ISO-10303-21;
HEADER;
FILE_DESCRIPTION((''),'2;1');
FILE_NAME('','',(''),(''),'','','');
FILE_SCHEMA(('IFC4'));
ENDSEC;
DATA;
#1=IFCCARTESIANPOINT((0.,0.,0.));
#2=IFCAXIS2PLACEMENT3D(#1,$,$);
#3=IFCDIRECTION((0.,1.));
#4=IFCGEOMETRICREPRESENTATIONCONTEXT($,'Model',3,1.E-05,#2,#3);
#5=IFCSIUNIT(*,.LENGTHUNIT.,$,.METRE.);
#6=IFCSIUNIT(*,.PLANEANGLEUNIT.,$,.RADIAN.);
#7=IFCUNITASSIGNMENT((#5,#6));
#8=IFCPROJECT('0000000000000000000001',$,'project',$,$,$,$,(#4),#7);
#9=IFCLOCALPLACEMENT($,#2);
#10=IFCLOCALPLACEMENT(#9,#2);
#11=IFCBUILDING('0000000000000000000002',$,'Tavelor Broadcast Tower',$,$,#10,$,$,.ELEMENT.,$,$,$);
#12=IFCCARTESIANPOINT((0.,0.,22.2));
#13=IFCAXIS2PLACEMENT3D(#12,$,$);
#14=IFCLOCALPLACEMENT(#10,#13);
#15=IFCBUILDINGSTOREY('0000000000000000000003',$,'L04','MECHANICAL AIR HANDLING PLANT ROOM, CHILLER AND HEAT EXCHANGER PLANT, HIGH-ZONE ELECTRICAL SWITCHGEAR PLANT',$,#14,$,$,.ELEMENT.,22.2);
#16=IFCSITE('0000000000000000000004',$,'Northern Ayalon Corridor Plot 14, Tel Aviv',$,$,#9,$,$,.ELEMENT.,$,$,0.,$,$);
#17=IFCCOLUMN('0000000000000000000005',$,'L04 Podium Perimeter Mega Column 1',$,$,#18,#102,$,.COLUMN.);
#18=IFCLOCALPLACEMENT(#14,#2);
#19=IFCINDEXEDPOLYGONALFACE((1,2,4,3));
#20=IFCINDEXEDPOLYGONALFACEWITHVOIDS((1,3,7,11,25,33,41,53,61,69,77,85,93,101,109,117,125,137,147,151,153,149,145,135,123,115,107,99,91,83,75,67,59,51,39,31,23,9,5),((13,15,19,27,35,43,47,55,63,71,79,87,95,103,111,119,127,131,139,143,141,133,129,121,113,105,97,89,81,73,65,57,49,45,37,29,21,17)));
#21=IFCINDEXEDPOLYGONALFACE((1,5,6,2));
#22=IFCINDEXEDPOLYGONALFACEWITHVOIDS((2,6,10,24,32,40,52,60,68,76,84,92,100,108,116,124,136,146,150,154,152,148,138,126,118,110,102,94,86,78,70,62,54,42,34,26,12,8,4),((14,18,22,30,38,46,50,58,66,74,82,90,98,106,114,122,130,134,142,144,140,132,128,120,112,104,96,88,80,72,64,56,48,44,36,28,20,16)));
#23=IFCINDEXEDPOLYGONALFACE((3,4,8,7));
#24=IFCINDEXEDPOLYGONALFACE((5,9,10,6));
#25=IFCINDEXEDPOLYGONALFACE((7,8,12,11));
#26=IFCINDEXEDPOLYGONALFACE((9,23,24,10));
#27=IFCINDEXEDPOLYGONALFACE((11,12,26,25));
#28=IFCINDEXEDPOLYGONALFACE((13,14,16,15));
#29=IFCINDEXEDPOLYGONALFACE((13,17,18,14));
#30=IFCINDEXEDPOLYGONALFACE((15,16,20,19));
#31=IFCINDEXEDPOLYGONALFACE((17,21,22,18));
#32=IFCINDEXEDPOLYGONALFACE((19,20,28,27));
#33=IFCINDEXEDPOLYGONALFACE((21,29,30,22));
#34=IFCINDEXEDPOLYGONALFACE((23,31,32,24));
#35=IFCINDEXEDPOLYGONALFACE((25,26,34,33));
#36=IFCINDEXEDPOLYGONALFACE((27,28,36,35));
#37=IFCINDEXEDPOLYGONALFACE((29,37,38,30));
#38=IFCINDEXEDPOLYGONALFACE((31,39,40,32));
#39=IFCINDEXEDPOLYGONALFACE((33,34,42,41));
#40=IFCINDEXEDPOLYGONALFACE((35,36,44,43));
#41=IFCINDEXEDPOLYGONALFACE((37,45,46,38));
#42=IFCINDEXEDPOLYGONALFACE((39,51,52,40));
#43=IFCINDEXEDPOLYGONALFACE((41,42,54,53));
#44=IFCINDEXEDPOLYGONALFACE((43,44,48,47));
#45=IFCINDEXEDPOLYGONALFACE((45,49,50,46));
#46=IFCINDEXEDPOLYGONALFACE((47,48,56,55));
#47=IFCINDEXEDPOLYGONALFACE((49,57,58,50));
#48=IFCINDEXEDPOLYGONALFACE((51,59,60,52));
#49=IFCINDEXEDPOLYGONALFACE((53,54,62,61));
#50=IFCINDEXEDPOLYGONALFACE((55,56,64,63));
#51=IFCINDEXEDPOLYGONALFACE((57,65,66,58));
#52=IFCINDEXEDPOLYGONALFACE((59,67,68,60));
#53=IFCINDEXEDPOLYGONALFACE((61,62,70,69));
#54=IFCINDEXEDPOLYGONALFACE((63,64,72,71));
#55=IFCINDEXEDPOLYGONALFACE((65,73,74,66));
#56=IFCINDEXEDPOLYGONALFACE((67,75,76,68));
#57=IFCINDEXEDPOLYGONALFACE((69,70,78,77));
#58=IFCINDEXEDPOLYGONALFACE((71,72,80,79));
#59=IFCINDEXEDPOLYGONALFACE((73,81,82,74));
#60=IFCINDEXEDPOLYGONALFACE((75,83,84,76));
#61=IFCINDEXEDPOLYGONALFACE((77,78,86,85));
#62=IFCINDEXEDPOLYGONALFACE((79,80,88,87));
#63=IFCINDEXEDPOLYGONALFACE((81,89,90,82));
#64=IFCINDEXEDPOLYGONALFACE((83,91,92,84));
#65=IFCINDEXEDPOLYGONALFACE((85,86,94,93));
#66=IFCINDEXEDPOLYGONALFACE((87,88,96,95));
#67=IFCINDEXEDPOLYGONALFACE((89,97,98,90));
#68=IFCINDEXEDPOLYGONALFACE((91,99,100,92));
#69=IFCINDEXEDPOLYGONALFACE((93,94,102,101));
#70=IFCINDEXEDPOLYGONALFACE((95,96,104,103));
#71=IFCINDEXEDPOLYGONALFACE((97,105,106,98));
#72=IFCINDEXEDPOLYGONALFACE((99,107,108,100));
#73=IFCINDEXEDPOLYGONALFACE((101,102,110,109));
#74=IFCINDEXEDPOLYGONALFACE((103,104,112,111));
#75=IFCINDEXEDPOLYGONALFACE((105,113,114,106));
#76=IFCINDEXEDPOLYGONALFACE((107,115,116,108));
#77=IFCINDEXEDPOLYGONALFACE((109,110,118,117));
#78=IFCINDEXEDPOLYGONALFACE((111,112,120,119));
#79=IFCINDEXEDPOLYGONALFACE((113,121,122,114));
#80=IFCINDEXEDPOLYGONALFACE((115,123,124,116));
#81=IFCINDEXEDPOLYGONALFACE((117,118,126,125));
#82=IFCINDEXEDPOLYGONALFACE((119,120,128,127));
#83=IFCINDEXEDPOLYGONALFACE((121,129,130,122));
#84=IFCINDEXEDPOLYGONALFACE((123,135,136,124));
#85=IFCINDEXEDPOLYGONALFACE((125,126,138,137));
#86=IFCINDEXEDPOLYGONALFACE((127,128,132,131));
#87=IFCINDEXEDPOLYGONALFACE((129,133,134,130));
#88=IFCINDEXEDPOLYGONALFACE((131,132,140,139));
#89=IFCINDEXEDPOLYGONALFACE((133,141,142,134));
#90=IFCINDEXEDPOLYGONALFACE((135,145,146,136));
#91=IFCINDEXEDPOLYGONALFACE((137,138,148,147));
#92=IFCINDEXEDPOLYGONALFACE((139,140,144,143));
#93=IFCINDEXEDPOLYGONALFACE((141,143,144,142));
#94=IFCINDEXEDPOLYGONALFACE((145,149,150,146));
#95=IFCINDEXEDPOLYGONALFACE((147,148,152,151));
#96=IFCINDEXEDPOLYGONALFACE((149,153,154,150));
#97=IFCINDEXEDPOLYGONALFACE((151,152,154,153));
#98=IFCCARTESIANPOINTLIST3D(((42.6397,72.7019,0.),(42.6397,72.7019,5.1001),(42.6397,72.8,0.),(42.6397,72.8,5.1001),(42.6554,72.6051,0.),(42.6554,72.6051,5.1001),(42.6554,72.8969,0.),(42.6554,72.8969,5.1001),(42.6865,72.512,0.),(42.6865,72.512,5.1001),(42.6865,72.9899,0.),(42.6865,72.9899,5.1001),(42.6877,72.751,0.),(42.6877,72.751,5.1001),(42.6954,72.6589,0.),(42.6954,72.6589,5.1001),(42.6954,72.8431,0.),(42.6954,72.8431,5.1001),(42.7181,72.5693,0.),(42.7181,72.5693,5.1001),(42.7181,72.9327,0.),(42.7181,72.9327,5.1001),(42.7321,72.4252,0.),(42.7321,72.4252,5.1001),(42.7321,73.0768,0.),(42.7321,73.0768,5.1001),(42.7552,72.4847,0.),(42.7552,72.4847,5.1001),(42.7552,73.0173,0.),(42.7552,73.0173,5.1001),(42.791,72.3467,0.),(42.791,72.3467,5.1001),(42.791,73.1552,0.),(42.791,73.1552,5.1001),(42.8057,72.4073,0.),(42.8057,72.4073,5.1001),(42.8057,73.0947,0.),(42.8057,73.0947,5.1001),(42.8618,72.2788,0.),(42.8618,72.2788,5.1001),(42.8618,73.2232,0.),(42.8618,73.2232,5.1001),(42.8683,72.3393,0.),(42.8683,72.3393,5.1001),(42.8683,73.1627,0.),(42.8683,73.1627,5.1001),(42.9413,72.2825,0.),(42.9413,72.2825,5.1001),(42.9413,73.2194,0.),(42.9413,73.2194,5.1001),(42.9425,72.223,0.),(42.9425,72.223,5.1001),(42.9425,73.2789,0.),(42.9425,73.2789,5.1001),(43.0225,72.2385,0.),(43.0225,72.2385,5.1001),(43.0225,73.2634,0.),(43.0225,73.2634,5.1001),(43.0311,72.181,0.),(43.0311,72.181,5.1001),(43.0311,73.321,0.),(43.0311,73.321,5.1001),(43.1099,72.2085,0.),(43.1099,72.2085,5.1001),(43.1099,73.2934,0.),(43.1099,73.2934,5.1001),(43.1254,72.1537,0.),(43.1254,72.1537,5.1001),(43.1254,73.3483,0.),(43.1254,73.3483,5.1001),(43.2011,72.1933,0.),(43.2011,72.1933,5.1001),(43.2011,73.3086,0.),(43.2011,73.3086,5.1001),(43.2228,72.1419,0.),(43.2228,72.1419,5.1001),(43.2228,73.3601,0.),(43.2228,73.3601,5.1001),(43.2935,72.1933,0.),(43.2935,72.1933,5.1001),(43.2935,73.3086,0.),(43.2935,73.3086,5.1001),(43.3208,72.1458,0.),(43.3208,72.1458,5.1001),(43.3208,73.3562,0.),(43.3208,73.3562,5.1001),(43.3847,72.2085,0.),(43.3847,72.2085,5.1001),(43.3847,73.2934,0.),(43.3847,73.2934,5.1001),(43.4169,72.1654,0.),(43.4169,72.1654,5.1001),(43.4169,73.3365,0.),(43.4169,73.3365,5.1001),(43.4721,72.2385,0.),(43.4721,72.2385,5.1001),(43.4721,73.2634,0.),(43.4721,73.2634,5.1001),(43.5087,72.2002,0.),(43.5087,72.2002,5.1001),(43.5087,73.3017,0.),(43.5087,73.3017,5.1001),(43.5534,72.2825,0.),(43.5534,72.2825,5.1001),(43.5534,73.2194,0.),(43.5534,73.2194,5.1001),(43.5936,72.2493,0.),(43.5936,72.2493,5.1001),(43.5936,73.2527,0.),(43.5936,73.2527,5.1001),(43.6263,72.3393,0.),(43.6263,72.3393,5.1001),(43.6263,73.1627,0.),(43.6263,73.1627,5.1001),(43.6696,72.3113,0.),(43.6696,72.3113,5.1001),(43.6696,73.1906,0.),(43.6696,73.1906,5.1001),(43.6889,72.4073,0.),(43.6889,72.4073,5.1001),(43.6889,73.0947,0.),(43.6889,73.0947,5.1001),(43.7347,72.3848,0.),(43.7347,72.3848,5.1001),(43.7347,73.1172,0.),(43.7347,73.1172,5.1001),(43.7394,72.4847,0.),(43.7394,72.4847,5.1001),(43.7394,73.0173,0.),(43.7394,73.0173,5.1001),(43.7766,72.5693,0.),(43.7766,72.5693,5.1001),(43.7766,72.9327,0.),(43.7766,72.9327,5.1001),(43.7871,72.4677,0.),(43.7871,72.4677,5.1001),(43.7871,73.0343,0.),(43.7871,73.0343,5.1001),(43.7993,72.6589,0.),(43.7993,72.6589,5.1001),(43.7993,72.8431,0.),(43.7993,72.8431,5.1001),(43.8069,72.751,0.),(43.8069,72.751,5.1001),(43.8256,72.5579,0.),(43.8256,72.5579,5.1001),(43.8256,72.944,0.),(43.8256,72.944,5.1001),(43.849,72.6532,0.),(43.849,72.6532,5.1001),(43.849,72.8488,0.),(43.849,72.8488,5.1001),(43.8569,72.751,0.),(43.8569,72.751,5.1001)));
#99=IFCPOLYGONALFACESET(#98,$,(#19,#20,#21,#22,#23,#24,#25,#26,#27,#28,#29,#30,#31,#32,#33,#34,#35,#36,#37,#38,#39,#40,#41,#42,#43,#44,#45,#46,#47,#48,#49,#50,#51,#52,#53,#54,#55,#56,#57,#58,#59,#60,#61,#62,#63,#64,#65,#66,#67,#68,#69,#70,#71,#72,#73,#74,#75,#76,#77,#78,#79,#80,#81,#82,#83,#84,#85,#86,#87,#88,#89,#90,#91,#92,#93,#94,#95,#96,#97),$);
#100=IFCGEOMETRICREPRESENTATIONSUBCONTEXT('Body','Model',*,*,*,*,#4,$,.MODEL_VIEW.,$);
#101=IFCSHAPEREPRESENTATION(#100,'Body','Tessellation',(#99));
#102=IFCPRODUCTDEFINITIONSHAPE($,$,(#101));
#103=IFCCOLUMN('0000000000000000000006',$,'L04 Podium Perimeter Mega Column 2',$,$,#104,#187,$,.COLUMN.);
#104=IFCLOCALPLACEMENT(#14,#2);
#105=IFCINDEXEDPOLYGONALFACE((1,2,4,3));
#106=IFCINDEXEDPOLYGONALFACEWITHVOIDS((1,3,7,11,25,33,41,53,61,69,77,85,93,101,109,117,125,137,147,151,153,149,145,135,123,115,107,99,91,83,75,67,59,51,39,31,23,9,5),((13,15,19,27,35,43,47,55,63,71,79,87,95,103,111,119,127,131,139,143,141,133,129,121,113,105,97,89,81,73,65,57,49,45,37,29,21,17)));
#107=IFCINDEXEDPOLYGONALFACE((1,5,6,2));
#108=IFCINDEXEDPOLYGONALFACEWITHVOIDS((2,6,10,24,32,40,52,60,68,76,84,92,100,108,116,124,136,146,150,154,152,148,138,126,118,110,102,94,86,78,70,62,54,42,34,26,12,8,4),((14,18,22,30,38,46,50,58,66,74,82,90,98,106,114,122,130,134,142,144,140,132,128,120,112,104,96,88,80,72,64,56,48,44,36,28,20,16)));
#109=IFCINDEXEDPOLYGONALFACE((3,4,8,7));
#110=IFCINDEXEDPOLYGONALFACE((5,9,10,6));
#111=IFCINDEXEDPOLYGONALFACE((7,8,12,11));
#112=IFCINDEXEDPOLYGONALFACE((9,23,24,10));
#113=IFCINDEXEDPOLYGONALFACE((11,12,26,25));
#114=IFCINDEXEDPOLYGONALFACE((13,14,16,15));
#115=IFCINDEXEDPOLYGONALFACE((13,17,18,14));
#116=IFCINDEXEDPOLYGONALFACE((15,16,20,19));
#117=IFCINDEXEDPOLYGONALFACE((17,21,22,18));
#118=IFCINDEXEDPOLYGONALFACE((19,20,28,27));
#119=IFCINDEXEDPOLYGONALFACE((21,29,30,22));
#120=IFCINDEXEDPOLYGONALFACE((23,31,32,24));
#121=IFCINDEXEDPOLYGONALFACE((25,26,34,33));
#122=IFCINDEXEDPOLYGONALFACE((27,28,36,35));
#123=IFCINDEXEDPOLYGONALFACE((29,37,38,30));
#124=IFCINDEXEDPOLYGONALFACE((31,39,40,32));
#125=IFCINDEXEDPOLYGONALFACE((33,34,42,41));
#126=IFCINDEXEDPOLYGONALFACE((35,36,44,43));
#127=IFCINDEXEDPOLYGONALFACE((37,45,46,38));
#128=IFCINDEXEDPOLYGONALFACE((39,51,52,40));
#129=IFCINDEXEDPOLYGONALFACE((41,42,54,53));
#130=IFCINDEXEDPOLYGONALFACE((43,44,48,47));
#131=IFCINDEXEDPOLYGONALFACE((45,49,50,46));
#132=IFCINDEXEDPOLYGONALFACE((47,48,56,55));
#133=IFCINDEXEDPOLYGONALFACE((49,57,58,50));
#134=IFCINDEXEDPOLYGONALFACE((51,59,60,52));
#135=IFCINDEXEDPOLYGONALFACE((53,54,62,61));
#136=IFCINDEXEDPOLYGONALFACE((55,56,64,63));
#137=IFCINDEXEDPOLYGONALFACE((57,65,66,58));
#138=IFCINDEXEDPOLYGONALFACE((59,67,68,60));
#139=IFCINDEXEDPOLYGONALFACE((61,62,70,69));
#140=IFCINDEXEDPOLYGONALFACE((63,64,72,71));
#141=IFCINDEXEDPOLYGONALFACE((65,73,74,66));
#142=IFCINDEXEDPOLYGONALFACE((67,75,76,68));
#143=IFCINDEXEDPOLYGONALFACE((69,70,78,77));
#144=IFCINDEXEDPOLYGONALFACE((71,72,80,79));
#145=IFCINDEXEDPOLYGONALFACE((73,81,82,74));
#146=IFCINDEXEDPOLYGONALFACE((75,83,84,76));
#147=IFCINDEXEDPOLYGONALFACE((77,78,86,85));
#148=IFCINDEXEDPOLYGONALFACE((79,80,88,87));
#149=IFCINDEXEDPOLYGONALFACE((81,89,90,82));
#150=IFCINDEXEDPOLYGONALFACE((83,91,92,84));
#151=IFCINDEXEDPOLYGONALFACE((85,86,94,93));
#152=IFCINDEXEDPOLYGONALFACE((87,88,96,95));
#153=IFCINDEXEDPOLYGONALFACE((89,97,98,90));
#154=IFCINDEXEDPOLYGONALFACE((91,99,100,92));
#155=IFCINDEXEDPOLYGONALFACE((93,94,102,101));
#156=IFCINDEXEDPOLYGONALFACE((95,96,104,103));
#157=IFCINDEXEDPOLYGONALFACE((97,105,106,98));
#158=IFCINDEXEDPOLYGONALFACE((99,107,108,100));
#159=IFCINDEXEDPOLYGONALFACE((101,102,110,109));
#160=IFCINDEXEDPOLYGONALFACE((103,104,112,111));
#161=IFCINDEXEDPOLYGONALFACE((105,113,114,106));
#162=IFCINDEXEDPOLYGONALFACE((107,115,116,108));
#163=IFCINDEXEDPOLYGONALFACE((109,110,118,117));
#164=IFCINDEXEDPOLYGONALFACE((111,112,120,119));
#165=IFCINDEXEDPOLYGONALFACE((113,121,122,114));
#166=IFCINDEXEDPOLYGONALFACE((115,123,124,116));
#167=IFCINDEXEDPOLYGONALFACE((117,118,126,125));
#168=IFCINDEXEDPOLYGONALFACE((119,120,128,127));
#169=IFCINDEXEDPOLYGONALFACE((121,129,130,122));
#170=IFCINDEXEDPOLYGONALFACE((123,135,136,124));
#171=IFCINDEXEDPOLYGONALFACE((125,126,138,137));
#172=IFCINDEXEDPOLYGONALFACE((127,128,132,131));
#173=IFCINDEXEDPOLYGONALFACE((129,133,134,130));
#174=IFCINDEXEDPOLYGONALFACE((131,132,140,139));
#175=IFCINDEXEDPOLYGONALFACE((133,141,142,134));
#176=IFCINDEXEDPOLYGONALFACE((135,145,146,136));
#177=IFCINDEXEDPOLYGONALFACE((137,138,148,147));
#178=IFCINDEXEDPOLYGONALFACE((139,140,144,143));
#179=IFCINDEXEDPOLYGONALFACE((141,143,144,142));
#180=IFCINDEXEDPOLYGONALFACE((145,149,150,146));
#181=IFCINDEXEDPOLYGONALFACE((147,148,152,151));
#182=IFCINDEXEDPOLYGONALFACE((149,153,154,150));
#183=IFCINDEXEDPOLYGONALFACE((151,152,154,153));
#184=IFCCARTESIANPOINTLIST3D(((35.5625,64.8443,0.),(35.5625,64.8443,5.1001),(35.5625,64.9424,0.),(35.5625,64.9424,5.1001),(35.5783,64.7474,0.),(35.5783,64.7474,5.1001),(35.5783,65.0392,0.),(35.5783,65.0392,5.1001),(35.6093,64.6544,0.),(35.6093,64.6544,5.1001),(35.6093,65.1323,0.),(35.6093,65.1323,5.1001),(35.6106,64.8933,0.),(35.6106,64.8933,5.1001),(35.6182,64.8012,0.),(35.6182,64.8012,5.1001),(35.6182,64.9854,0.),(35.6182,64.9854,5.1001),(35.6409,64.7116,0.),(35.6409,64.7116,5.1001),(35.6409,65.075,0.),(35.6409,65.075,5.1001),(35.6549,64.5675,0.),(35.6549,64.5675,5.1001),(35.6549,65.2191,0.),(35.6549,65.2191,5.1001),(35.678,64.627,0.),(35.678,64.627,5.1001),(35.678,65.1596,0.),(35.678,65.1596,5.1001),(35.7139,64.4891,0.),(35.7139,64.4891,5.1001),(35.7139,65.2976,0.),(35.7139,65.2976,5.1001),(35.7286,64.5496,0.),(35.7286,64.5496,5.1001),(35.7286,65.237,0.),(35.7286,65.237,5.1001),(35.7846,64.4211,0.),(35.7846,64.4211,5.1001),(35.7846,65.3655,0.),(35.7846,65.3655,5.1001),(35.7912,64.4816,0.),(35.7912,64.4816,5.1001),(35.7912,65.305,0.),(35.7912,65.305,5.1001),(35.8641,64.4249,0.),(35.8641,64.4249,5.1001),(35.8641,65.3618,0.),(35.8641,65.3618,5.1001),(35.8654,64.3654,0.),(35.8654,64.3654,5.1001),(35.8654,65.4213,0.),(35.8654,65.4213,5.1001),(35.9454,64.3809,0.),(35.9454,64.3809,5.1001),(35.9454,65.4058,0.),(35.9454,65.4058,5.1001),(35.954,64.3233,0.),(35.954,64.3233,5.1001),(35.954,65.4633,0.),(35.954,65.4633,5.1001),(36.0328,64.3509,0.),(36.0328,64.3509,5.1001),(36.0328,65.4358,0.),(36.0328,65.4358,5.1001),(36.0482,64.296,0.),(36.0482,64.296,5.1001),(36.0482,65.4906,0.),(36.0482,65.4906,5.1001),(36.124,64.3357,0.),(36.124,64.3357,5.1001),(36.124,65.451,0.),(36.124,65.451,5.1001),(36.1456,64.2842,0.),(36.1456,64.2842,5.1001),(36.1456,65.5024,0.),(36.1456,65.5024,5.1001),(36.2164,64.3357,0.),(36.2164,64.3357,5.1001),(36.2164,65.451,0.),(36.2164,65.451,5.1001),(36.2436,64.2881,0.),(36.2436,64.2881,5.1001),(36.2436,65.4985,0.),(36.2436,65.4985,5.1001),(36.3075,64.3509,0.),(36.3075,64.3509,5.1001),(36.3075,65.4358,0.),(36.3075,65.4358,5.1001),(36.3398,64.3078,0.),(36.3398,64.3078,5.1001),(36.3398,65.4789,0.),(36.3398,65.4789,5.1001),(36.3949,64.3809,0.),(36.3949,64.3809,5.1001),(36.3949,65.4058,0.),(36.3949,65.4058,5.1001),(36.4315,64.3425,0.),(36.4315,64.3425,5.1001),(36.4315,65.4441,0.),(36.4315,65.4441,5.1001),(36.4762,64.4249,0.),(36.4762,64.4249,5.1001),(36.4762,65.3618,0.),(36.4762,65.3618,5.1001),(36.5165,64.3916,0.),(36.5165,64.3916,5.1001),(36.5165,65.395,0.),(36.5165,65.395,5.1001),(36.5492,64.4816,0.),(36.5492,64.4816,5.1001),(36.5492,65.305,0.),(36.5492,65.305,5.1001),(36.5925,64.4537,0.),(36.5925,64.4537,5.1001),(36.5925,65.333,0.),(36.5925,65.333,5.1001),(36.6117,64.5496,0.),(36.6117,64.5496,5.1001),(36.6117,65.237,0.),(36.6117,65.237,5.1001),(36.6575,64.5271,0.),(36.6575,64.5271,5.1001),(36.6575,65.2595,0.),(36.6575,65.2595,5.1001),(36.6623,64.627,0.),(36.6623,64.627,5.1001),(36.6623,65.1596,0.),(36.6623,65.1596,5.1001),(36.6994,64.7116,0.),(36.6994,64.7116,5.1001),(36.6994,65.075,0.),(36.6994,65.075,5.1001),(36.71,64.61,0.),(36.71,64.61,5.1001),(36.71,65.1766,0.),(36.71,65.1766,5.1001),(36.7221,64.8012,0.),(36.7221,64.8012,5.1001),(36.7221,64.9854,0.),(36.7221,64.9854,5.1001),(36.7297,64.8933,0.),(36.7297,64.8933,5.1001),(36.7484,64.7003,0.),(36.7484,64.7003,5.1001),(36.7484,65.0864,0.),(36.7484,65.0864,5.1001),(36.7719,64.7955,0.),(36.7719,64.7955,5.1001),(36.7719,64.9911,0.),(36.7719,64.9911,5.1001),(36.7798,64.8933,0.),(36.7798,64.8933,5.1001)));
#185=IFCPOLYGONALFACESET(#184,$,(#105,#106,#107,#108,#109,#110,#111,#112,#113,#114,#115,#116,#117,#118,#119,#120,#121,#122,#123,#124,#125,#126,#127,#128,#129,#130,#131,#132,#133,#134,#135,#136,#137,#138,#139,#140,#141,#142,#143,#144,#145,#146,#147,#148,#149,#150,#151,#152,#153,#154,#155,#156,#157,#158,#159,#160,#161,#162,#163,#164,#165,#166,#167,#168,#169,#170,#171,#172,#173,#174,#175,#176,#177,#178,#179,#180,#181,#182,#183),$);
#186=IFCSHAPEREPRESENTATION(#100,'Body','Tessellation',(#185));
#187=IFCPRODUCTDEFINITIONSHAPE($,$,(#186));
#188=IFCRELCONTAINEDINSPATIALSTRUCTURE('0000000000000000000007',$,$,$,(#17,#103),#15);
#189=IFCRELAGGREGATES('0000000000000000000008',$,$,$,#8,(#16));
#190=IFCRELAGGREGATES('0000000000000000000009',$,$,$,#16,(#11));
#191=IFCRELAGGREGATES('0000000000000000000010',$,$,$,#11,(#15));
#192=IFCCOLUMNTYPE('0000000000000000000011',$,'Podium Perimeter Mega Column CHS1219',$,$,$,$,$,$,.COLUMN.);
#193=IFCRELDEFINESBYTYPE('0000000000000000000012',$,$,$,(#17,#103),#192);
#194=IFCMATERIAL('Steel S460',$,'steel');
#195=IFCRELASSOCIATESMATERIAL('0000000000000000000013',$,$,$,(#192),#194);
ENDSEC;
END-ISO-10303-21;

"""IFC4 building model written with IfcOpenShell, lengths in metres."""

from ifc_helpers import new_model, si_unit, direction, frame, origin, origin_2d, place, context, subcontext, project, spatial, hollow_circle, extrude, material, material_profile, profile_set, type_object, element, save


model = new_model("IFC4")

# Units and contexts
model_context = context("Model", 3, precision=1e-05, world=origin(), true_north=direction((0.0, 1.0)))
body_context = subcontext(model_context, "Body", "Model", "MODEL_VIEW")
ifc_project = project(units=[si_unit("LENGTHUNIT", "METRE"), si_unit("PLANEANGLEUNIT", "RADIAN")], contexts=[model_context])

# Site, building, storey
site_placement = place(None, origin())
site = spatial("IfcSite", under=ifc_project, at=site_placement, Name="Northern Ayalon Corridor Plot 14, Tel Aviv", CompositionType="ELEMENT", RefElevation=0.0)
building_placement = place(site_placement, origin())
building = spatial("IfcBuilding", under=site, at=building_placement, Name="Tavelor Broadcast Tower", CompositionType="ELEMENT")
storey_placement = place(building_placement, frame((0.0, 0.0, 22.2)))
storey = spatial("IfcBuildingStorey", under=building, at=storey_placement, Name="L04", Description="MECHANICAL AIR HANDLING PLANT ROOM, CHILLER AND HEAT EXCHANGER PLANT, HIGH-ZONE ELECTRICAL SWITCHGEAR PLANT", CompositionType="ELEMENT", Elevation=22.2)

# Columns
ifc_material_1 = material(Name="Steel S460", Category="steel")
ifc_material_profile_1 = material_profile(ifc_material_1, hollow_circle(Radius=0.6096, WallThickness=0.05, at=origin_2d()), Name="CHS 1219x50")
ifc_profile_set_1 = profile_set([ifc_material_profile_1], Name="Steel S460")
column_type = type_object("IfcColumnType", Name="Podium Perimeter Mega Column CHS1219", PredefinedType="COLUMN", material=ifc_profile_set_1)
for number, where, z_axis, x_axis, name in (
    (1, (43.2473, 72.751, 0.0), (0.0, 0.0, 1.0), (1.0, 0.0, 0.0), "L04 Podium Perimeter Mega Column 1"),
    (2, (36.1702, 64.8933, 0.0), (0.0, 0.0, 1.0), (1.0, 0.0, 0.0), "L04 Podium Perimeter Mega Column 2"),
):
    element("IfcColumn", number, at=place(storey_placement, frame(where, z_axis=z_axis, x_axis=x_axis)), inside=storey, type_object=column_type, Name=name, PredefinedType="COLUMN", context=body_context, shape_type="SweptSolid", body=[
        extrude(hollow_circle(Radius=0.6096, WallThickness=0.05, at=origin_2d()), origin(), (0.0, 0.0, 1.0), 5.1001),
    ])

save(model, "model.ifc")
